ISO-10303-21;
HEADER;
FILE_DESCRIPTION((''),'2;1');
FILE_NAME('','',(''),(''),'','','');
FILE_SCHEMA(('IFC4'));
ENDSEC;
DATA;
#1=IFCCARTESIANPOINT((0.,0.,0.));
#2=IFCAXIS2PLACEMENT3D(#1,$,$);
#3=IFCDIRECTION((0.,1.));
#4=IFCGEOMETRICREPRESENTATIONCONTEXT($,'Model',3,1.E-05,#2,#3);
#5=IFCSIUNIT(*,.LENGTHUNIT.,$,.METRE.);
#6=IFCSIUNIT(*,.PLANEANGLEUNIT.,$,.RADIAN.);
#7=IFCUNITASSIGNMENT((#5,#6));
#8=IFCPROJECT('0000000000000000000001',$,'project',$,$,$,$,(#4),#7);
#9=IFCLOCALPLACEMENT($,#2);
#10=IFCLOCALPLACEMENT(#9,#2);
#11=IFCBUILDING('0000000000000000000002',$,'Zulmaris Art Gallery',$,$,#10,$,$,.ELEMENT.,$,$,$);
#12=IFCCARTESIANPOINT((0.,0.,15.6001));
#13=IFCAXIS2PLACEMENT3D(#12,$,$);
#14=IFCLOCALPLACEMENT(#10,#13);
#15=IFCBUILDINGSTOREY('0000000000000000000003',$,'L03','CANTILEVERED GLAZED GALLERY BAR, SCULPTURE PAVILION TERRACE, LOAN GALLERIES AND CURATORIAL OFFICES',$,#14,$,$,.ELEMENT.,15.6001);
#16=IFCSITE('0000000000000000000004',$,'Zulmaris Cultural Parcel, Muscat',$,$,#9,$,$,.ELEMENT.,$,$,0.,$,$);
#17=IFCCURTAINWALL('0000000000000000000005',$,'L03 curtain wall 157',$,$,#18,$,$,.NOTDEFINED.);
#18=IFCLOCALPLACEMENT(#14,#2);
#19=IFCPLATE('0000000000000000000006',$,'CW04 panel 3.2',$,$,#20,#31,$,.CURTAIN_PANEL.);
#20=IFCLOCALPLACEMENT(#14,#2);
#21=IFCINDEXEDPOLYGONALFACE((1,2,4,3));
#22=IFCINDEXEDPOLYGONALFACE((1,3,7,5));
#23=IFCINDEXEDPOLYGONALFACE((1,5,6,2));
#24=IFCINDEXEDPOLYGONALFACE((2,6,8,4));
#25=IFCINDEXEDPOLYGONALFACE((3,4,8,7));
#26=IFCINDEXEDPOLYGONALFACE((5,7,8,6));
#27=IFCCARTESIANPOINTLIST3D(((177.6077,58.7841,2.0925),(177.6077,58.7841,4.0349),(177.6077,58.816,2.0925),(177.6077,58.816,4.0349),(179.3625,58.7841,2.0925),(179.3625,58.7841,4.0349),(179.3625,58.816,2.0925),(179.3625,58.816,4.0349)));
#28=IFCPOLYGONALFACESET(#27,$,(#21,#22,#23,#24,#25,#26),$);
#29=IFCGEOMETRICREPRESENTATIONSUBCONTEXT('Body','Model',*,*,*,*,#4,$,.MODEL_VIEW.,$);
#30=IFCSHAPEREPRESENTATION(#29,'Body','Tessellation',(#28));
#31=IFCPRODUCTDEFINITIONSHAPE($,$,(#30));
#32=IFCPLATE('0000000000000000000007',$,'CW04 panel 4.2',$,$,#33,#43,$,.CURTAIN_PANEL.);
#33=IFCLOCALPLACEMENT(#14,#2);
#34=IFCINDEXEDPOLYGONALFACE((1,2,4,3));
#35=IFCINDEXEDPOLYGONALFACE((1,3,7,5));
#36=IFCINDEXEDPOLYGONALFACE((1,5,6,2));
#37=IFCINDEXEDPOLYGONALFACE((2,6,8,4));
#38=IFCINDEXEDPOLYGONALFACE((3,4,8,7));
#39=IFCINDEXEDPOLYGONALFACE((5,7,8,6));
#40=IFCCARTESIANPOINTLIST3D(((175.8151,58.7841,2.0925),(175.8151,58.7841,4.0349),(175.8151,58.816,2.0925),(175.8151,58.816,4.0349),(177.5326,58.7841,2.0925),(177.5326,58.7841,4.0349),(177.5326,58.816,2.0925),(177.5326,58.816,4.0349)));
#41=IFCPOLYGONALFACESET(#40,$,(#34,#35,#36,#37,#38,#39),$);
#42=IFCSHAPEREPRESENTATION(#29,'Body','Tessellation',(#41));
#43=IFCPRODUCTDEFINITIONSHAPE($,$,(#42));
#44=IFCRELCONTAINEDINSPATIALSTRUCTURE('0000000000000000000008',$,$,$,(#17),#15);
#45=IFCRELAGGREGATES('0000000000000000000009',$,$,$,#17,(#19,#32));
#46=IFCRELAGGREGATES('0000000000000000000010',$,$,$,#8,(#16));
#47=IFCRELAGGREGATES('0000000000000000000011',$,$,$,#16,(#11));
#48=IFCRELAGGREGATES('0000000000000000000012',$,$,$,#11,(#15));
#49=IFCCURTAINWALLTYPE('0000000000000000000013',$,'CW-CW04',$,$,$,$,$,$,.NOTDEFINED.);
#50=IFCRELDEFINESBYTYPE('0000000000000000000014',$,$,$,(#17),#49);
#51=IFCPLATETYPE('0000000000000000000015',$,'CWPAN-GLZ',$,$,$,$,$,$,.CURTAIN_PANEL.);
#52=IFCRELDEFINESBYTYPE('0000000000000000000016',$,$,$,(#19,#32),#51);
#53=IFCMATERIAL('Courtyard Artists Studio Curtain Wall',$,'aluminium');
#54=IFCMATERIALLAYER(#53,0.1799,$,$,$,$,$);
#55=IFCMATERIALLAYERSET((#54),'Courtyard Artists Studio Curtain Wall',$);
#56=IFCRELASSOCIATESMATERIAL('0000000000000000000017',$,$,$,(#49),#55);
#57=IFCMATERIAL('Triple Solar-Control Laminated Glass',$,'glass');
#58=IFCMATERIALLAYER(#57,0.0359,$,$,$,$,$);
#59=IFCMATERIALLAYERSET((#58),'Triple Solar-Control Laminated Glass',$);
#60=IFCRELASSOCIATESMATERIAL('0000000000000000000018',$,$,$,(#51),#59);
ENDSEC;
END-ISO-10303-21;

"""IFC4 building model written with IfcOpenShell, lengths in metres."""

from ifc_helpers import new_model, si_unit, direction, frame, origin, origin_2d, place, context, subcontext, project, spatial, rectangle, extrude, material, layer, layer_set, type_object, element, aggregate, save


model = new_model("IFC4")

# Units and contexts
model_context = context("Model", 3, precision=1e-05, world=origin(), true_north=direction((0.0, 1.0)))
body_context = subcontext(model_context, "Body", "Model", "MODEL_VIEW")
ifc_project = project(units=[si_unit("LENGTHUNIT", "METRE"), si_unit("PLANEANGLEUNIT", "RADIAN")], contexts=[model_context])

# Site, building, storey
site_placement = place(None, origin())
site = spatial("IfcSite", under=ifc_project, at=site_placement, Name="Zulmaris Cultural Parcel, Muscat", CompositionType="ELEMENT", RefElevation=0.0)
building_placement = place(site_placement, origin())
building = spatial("IfcBuilding", under=site, at=building_placement, Name="Zulmaris Art Gallery", CompositionType="ELEMENT")
storey_placement = place(building_placement, frame((0.0, 0.0, 15.6001)))
storey = spatial("IfcBuildingStorey", under=building, at=storey_placement, Name="L03", Description="CANTILEVERED GLAZED GALLERY BAR, SCULPTURE PAVILION TERRACE, LOAN GALLERIES AND CURATORIAL OFFICES", CompositionType="ELEMENT", Elevation=15.6001)

# Shared definitions
ifc_material_1 = material(Name="Courtyard Artists Studio Curtain Wall", Category="aluminium")
ifc_layer_1 = layer(ifc_material_1, 0.1799)
ifc_layer_set_1 = layer_set([ifc_layer_1], Name="Courtyard Artists Studio Curtain Wall")
curtain_wall_type = type_object("IfcCurtainWallType", Name="CW-CW04", PredefinedType="NOTDEFINED", material=ifc_layer_set_1)

# Curtain wall
curtain_wall_1_placement = place(storey_placement, origin())
curtain_wall_1 = element("IfcCurtainWall", 1, at=curtain_wall_1_placement, inside=storey, type_object=curtain_wall_type, Name="L03 curtain wall 157", PredefinedType="NOTDEFINED")

# Plates
ifc_material_2 = material(Name="Triple Solar-Control Laminated Glass", Category="glass")
ifc_layer_2 = layer(ifc_material_2, 0.0359)
ifc_layer_set_2 = layer_set([ifc_layer_2], Name="Triple Solar-Control Laminated Glass")
plate_type = type_object("IfcPlateType", Name="CWPAN-GLZ", PredefinedType="CURTAIN_PANEL", material=ifc_layer_set_2)
plate_1_placement = place(storey_placement, frame((178.4851, 58.8, 2.0925), z_axis=(0.0, 0.0, 1.0), x_axis=(-1.0, 0.0, 0.0)))
plate_1 = element("IfcPlate", 2, at=plate_1_placement, type_object=plate_type, Name="CW04 panel 3.2", PredefinedType="CURTAIN_PANEL", context=body_context, shape_type="SweptSolid", body=[
    extrude(rectangle(XDim=1.7549, YDim=0.032, at=origin_2d()), origin(), (0.0, 0.0, 1.0), 1.9424),
])
plate_2_placement = place(storey_placement, frame((176.6738, 58.8, 2.0925), z_axis=(0.0, 0.0, 1.0), x_axis=(-1.0, 0.0, 0.0)))
plate_2 = element("IfcPlate", 3, at=plate_2_placement, type_object=plate_type, Name="CW04 panel 4.2", PredefinedType="CURTAIN_PANEL", context=body_context, shape_type="SweptSolid", body=[
    extrude(rectangle(XDim=1.7175, YDim=0.032, at=origin_2d()), origin(), (0.0, 0.0, 1.0), 1.9424),
])
aggregate(curtain_wall_1, [plate_1, plate_2])

save(model, "model.ifc")
